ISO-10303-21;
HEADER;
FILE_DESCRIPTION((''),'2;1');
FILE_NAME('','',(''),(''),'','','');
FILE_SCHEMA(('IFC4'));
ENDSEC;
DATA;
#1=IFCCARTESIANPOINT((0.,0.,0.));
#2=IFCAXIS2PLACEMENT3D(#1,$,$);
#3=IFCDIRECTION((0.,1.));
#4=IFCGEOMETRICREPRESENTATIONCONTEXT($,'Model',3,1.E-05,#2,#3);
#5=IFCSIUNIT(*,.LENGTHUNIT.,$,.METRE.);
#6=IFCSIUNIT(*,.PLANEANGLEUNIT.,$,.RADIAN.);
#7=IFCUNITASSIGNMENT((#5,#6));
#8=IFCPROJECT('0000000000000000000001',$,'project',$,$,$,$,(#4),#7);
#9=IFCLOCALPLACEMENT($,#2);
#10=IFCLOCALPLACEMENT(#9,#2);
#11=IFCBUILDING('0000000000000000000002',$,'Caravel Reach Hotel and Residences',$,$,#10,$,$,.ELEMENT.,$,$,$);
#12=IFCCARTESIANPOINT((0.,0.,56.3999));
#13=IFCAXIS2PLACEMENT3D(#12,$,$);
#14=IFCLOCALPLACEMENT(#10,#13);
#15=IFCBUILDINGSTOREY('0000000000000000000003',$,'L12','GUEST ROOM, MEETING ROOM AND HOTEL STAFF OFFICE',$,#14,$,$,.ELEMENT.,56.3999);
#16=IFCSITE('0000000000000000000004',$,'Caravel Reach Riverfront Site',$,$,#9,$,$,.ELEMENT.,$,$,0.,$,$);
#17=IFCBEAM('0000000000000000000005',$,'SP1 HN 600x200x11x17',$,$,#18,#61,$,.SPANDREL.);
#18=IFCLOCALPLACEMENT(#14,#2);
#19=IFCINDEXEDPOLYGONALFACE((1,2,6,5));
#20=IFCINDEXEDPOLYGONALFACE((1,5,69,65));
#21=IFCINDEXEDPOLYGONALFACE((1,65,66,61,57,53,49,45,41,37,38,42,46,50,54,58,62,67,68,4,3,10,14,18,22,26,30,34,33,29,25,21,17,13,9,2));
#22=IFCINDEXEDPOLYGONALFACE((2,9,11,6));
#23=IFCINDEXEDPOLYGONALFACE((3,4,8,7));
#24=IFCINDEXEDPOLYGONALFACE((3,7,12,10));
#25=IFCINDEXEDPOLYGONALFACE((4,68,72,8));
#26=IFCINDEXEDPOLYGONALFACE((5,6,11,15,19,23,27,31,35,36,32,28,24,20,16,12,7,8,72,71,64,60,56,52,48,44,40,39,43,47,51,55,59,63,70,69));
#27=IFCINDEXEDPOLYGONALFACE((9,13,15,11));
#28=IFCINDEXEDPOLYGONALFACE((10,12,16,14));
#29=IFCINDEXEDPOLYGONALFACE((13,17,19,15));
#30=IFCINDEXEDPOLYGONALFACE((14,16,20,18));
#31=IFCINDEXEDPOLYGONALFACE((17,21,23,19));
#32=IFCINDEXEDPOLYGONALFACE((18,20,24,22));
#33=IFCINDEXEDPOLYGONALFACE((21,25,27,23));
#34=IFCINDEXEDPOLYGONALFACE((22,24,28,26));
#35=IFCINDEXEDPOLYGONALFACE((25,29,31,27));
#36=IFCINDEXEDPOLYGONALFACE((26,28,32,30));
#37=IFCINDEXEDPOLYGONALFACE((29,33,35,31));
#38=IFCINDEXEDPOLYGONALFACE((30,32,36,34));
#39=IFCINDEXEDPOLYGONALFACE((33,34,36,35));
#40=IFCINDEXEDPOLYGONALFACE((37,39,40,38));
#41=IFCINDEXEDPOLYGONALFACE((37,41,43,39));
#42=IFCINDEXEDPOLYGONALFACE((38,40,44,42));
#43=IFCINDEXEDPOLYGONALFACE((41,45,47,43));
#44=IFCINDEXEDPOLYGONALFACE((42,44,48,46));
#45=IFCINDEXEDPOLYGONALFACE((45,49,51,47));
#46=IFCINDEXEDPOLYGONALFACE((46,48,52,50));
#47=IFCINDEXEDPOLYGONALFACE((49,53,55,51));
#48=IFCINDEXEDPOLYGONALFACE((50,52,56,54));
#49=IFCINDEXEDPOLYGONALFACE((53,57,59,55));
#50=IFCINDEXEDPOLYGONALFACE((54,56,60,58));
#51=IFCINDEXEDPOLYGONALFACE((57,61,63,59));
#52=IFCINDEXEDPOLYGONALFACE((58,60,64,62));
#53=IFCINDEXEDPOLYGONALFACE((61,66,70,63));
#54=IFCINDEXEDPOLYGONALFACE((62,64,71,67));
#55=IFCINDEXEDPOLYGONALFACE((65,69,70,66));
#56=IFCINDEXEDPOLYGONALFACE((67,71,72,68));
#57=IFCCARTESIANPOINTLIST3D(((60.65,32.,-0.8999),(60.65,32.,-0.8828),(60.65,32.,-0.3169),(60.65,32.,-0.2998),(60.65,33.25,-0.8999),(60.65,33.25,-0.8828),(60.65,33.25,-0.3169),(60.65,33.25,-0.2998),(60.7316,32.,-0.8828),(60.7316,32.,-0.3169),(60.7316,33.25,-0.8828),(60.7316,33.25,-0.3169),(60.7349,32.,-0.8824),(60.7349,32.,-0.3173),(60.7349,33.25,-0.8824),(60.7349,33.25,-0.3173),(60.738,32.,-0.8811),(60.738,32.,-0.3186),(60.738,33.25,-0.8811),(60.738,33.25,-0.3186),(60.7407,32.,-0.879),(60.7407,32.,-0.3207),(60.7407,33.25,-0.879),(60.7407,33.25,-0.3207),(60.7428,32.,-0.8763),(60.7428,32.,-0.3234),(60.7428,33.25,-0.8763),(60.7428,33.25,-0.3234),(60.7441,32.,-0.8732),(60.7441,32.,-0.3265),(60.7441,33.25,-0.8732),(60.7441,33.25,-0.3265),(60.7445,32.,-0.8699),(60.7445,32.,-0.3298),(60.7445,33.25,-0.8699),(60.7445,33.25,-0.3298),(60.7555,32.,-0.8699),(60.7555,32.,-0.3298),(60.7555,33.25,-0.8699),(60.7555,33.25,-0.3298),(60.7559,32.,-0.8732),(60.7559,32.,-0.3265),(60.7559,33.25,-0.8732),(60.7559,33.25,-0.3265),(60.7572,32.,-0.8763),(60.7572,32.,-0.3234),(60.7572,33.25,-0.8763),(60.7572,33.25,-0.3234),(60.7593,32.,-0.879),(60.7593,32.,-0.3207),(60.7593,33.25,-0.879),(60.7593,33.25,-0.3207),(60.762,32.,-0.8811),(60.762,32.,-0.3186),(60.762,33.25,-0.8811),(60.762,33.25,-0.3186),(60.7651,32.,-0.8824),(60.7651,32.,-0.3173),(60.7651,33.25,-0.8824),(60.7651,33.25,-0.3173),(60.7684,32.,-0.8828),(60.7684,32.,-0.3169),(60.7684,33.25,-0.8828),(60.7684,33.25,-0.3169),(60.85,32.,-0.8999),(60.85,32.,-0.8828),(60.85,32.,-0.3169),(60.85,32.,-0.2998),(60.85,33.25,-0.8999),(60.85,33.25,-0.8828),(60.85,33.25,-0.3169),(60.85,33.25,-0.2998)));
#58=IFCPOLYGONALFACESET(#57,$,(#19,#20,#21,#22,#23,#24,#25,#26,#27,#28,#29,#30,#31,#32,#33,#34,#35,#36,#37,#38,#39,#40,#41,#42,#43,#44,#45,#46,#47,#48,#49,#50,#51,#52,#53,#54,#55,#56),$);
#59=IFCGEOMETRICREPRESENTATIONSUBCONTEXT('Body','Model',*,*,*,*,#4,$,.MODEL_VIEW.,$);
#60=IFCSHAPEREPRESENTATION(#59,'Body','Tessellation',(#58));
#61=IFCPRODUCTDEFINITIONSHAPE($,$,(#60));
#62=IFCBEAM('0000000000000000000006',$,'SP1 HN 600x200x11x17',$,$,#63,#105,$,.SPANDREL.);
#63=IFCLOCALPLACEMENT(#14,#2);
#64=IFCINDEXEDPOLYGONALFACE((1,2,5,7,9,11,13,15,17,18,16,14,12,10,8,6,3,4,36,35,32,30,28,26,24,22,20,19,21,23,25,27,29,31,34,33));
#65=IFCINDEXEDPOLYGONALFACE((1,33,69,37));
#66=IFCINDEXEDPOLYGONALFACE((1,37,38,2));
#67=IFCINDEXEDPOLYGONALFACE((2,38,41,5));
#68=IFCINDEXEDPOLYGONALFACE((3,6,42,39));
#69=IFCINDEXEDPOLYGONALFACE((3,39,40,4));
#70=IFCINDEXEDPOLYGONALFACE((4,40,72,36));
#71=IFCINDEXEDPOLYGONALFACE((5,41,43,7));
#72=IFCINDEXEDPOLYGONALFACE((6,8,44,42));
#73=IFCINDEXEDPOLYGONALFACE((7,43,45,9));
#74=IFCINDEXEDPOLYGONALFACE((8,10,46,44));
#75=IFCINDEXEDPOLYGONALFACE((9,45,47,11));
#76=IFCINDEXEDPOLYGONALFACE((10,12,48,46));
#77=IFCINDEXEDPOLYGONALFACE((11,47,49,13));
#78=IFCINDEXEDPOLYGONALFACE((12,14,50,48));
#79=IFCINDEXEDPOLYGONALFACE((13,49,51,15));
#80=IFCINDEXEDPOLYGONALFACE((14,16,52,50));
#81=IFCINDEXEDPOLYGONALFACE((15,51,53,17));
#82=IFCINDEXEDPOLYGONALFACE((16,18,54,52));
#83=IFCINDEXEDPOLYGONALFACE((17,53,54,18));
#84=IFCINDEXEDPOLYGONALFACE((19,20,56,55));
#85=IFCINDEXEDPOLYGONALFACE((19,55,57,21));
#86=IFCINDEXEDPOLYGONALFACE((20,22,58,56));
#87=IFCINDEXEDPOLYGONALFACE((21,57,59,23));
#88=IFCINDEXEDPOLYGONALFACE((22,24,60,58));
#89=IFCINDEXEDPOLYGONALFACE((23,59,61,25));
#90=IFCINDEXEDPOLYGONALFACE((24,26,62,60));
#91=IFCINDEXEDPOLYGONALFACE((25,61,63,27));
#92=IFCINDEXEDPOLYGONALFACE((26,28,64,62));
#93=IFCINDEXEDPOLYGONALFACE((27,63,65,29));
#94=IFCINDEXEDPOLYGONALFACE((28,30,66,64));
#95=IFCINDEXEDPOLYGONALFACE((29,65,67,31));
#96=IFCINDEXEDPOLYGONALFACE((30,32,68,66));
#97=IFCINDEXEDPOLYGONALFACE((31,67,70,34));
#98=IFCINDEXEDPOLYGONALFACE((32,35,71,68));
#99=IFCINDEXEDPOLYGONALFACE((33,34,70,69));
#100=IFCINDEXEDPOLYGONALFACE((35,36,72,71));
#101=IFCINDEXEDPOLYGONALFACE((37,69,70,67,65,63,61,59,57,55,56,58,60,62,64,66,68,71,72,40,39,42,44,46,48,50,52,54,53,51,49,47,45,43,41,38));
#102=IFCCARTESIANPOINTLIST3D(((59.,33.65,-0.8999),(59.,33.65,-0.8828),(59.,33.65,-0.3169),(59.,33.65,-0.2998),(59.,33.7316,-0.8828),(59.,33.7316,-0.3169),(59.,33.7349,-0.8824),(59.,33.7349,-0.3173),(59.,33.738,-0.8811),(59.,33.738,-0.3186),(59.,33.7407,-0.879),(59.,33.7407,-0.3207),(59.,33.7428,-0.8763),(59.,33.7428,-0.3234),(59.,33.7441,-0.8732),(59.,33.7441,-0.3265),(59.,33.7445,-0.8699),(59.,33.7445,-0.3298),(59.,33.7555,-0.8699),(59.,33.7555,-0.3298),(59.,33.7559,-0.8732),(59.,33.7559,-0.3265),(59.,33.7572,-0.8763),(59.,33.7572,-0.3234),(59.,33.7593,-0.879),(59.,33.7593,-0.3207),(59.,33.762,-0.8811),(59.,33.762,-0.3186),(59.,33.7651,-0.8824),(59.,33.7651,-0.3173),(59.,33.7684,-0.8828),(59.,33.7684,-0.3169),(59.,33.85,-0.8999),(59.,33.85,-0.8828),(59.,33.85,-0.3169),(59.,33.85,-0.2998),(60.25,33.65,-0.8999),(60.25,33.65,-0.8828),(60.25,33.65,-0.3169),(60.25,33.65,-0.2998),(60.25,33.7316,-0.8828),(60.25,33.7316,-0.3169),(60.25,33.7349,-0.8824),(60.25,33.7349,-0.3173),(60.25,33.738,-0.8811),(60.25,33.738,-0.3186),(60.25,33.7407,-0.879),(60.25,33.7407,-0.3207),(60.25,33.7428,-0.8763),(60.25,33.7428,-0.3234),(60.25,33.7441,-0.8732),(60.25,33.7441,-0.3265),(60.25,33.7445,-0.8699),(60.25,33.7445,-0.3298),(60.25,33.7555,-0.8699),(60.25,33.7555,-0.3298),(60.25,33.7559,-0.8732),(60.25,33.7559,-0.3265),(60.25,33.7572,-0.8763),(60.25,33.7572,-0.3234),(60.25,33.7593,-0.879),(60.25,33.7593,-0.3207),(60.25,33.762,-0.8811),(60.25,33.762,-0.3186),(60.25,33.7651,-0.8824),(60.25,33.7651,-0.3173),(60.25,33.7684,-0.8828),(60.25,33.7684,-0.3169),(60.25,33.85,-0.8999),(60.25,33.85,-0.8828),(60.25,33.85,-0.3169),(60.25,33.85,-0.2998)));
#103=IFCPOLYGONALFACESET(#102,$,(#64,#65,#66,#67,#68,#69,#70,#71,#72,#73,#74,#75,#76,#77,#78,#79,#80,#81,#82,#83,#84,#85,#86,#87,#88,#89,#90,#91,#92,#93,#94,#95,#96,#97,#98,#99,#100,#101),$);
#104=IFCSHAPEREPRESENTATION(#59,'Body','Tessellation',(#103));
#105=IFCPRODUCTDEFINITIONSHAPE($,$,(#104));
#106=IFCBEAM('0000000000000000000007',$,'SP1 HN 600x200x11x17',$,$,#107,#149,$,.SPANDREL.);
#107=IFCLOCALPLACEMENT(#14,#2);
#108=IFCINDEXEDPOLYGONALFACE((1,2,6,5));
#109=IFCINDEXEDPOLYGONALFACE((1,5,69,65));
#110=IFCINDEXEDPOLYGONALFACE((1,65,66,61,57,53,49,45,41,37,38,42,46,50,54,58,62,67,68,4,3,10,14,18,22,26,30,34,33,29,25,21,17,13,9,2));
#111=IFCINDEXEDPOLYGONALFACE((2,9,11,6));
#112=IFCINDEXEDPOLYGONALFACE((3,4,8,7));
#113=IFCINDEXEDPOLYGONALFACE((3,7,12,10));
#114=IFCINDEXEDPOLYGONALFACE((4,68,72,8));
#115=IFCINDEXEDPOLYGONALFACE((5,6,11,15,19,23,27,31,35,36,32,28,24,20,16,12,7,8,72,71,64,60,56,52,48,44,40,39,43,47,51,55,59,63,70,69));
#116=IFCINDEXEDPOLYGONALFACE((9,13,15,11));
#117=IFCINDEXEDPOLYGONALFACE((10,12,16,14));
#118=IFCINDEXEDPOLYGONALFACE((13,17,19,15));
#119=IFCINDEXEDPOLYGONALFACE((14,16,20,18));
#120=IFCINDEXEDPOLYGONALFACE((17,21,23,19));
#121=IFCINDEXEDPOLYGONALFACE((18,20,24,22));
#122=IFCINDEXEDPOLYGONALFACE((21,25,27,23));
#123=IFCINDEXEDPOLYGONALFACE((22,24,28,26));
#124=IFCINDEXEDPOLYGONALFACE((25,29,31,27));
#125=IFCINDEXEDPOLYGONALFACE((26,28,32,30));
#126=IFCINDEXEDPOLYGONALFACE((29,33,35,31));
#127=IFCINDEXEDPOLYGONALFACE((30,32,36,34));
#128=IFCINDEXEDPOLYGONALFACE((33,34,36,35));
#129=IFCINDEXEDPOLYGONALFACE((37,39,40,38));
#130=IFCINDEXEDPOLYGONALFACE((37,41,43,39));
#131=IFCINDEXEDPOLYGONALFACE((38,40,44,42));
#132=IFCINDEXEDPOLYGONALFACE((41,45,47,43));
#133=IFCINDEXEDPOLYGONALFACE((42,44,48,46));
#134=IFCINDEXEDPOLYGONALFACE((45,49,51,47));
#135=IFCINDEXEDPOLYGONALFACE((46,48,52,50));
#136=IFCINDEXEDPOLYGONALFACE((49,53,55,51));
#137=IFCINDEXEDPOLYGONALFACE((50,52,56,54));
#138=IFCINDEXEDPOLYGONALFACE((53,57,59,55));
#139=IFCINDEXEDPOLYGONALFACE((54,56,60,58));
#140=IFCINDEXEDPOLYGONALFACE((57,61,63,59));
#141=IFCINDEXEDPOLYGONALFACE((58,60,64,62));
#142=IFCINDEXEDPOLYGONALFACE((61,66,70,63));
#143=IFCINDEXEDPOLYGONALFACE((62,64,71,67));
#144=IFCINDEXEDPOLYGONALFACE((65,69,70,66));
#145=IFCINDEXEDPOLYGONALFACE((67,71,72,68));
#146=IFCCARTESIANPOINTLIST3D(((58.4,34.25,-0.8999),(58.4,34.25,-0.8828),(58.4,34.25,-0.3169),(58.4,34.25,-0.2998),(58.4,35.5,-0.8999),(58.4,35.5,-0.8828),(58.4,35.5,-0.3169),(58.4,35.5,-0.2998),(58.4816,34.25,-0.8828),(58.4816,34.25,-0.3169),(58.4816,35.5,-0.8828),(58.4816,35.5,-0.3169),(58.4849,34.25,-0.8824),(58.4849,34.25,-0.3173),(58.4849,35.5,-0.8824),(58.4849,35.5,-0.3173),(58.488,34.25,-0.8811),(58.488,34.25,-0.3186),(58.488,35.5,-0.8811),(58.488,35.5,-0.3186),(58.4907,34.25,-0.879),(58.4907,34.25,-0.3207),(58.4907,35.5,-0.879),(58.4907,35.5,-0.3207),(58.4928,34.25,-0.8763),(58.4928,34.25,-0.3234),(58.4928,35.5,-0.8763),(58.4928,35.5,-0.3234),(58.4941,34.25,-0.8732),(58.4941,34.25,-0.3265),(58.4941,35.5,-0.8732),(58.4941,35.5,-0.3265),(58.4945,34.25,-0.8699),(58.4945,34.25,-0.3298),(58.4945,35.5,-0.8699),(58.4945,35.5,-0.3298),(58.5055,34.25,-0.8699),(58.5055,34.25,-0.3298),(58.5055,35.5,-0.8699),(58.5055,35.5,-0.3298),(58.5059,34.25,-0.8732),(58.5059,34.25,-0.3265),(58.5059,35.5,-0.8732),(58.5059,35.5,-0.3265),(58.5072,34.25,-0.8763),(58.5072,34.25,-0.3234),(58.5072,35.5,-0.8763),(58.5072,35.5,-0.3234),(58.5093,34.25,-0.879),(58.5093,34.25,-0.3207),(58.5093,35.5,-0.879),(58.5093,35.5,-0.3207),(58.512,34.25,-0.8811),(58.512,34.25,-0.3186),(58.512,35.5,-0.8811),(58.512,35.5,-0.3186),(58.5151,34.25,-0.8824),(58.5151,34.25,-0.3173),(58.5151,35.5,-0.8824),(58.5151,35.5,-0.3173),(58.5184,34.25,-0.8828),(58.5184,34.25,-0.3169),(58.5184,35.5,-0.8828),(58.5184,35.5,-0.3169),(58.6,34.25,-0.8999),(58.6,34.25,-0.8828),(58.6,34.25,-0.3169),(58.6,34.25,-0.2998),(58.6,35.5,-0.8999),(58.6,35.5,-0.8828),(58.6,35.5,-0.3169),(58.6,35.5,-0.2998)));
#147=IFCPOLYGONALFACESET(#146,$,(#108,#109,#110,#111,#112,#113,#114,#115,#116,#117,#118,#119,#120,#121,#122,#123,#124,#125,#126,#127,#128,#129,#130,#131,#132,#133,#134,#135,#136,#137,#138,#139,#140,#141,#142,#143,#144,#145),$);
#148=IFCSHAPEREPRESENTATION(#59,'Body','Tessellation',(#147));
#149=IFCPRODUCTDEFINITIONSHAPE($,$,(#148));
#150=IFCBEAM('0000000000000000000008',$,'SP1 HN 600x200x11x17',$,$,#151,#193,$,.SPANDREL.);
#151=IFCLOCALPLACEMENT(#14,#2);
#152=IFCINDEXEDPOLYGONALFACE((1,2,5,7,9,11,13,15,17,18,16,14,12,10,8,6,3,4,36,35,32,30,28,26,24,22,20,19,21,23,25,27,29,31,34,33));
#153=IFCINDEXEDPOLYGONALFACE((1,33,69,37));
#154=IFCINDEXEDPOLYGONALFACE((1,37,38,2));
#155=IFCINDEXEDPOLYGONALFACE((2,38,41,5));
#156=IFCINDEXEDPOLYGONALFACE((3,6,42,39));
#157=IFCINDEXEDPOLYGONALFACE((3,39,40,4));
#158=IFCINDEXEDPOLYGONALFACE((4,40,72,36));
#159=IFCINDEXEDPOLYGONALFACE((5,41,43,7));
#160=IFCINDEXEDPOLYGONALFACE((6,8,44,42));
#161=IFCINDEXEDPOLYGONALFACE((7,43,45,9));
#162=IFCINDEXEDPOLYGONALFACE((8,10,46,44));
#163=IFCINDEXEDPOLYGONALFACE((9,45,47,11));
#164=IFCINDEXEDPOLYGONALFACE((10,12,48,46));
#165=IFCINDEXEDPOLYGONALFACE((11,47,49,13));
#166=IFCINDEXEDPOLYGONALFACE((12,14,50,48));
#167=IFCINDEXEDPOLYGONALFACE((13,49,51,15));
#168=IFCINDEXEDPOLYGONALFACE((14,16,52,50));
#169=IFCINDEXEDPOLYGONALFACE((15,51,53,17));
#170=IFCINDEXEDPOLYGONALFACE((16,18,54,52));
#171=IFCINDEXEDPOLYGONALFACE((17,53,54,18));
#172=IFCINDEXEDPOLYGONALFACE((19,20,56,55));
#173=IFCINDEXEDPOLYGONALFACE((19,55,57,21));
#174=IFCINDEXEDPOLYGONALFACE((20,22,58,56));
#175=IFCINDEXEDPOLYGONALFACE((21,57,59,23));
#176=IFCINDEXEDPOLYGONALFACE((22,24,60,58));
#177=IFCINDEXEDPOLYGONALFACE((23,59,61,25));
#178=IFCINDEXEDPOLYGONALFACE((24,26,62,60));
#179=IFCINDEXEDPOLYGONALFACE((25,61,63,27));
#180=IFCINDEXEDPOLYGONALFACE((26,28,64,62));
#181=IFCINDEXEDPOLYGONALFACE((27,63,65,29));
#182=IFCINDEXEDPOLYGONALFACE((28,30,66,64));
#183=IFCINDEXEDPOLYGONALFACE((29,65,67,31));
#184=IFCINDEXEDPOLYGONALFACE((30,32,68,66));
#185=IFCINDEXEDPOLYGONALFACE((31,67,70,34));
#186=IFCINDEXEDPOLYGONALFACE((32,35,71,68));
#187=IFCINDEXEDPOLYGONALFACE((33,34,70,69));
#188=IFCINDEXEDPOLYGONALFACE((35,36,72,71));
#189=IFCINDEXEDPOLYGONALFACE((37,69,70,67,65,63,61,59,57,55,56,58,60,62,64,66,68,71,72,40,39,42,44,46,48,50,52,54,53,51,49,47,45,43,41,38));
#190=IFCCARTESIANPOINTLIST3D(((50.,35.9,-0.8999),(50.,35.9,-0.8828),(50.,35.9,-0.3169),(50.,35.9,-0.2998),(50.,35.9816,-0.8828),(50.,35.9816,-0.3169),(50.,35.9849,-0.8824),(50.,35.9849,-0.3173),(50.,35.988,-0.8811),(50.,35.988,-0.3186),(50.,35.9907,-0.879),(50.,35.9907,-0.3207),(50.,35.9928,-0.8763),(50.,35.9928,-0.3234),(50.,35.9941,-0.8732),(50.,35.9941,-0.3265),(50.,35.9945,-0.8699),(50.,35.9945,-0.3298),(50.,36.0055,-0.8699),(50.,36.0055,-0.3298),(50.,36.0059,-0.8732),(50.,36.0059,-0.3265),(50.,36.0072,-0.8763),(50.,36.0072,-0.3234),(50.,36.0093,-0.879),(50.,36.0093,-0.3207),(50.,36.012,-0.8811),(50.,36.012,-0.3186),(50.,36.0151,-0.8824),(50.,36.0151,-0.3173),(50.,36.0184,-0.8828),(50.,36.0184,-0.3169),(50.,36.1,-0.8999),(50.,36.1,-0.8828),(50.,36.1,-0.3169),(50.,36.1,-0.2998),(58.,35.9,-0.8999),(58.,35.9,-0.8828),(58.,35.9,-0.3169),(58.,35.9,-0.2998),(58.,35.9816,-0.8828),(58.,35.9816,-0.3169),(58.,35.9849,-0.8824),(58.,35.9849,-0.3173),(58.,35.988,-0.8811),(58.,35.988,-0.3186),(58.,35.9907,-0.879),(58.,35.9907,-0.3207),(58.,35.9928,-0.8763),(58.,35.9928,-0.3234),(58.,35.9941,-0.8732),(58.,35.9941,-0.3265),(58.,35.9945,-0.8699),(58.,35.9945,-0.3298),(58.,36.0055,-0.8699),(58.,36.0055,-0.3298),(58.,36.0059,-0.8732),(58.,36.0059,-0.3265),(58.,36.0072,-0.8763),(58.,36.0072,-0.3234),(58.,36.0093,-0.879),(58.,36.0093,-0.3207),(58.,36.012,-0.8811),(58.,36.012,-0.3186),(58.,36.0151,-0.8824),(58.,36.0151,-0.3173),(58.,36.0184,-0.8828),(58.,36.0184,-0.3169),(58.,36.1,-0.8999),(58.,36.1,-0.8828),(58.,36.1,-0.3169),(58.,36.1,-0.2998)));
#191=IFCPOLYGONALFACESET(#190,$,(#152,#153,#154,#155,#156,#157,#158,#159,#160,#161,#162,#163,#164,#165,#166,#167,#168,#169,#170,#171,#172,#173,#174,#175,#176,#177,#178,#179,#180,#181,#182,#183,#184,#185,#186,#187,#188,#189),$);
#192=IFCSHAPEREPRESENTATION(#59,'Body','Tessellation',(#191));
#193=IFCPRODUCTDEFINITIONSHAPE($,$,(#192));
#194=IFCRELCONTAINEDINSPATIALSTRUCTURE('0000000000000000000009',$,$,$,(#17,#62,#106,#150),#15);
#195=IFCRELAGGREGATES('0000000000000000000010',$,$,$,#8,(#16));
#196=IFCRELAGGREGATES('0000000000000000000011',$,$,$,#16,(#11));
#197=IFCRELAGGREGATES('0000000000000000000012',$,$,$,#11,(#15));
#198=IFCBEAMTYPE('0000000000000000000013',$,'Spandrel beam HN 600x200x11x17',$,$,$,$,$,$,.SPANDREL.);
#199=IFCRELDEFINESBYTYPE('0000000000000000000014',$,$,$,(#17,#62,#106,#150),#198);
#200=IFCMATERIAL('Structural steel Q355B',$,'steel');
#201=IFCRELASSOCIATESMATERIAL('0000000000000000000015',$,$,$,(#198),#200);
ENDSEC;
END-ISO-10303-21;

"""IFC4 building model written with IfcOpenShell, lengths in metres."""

from ifc_helpers import new_model, si_unit, direction, frame, origin, origin_2d, place, context, subcontext, project, spatial, i_section, extrude, material, material_profile, profile_set, type_object, element, save


model = new_model("IFC4")

# Units and contexts
model_context = context("Model", 3, precision=1e-05, world=origin(), true_north=direction((0.0, 1.0)))
body_context = subcontext(model_context, "Body", "Model", "MODEL_VIEW")
ifc_project = project(units=[si_unit("LENGTHUNIT", "METRE"), si_unit("PLANEANGLEUNIT", "RADIAN")], contexts=[model_context])

# Site, building, storey
site_placement = place(None, origin())
site = spatial("IfcSite", under=ifc_project, at=site_placement, Name="Caravel Reach Riverfront Site", CompositionType="ELEMENT", RefElevation=0.0)
building_placement = place(site_placement, origin())
building = spatial("IfcBuilding", under=site, at=building_placement, Name="Caravel Reach Hotel and Residences", CompositionType="ELEMENT")
storey_placement = place(building_placement, frame((0.0, 0.0, 56.3999)))
storey = spatial("IfcBuildingStorey", under=building, at=storey_placement, Name="L12", Description="GUEST ROOM, MEETING ROOM AND HOTEL STAFF OFFICE", CompositionType="ELEMENT", Elevation=56.3999)

# Beams
ifc_material_1 = material(Name="Structural steel Q355B", Category="steel")
ifc_material_profile_1 = material_profile(ifc_material_1, i_section(OverallWidth=0.2, OverallDepth=0.6001, WebThickness=0.011, FlangeThickness=0.0171, FilletRadius=0.0129, at=origin_2d()), Name="HN 600x200x11x17")
ifc_profile_set_1 = profile_set([ifc_material_profile_1], Name="Structural steel Q355B")
beam_type_1 = type_object("IfcBeamType", Name="Spandrel beam HN 600x200x11x17", PredefinedType="SPANDREL", material=ifc_profile_set_1)
for number, where, z_axis, x_axis, name in (
    (1, (60.75, 32.0, -0.5999), (0.0, 1.0, 0.0), (-1.0, 0.0, 0.0), "SP1 HN 600x200x11x17"),
    (2, (60.25, 33.75, -0.5999), (-1.0, 0.0, 0.0), (0.0, -1.0, 0.0), "SP1 HN 600x200x11x17"),
    (3, (58.5, 34.25, -0.5999), (0.0, 1.0, 0.0), (-1.0, 0.0, 0.0), "SP1 HN 600x200x11x17"),
):
    element("IfcBeam", number, at=place(storey_placement, frame(where, z_axis=z_axis, x_axis=x_axis)), inside=storey, type_object=beam_type_1, Name=name, PredefinedType="SPANDREL", context=body_context, shape_type="SweptSolid", body=[
        extrude(i_section(OverallWidth=0.2, OverallDepth=0.6001, WebThickness=0.011, FlangeThickness=0.0171, FilletRadius=0.0129, at=origin_2d()), origin(), (0.0, 0.0, 1.0), 1.25),
    ])
beam_1_placement = place(storey_placement, frame((58.0, 36.0, -0.5999), z_axis=(-1.0, 0.0, 0.0), x_axis=(0.0, -1.0, 0.0)))
element("IfcBeam", 4, at=beam_1_placement, inside=storey, type_object=beam_type_1, Name="SP1 HN 600x200x11x17", PredefinedType="SPANDREL", context=body_context, shape_type="SweptSolid", body=[
    extrude(i_section(OverallWidth=0.2, OverallDepth=0.6001, WebThickness=0.011, FlangeThickness=0.0171, FilletRadius=0.0129, at=origin_2d()), origin(), (0.0, 0.0, 1.0), 8.0),
])

save(model, "model.ifc")
